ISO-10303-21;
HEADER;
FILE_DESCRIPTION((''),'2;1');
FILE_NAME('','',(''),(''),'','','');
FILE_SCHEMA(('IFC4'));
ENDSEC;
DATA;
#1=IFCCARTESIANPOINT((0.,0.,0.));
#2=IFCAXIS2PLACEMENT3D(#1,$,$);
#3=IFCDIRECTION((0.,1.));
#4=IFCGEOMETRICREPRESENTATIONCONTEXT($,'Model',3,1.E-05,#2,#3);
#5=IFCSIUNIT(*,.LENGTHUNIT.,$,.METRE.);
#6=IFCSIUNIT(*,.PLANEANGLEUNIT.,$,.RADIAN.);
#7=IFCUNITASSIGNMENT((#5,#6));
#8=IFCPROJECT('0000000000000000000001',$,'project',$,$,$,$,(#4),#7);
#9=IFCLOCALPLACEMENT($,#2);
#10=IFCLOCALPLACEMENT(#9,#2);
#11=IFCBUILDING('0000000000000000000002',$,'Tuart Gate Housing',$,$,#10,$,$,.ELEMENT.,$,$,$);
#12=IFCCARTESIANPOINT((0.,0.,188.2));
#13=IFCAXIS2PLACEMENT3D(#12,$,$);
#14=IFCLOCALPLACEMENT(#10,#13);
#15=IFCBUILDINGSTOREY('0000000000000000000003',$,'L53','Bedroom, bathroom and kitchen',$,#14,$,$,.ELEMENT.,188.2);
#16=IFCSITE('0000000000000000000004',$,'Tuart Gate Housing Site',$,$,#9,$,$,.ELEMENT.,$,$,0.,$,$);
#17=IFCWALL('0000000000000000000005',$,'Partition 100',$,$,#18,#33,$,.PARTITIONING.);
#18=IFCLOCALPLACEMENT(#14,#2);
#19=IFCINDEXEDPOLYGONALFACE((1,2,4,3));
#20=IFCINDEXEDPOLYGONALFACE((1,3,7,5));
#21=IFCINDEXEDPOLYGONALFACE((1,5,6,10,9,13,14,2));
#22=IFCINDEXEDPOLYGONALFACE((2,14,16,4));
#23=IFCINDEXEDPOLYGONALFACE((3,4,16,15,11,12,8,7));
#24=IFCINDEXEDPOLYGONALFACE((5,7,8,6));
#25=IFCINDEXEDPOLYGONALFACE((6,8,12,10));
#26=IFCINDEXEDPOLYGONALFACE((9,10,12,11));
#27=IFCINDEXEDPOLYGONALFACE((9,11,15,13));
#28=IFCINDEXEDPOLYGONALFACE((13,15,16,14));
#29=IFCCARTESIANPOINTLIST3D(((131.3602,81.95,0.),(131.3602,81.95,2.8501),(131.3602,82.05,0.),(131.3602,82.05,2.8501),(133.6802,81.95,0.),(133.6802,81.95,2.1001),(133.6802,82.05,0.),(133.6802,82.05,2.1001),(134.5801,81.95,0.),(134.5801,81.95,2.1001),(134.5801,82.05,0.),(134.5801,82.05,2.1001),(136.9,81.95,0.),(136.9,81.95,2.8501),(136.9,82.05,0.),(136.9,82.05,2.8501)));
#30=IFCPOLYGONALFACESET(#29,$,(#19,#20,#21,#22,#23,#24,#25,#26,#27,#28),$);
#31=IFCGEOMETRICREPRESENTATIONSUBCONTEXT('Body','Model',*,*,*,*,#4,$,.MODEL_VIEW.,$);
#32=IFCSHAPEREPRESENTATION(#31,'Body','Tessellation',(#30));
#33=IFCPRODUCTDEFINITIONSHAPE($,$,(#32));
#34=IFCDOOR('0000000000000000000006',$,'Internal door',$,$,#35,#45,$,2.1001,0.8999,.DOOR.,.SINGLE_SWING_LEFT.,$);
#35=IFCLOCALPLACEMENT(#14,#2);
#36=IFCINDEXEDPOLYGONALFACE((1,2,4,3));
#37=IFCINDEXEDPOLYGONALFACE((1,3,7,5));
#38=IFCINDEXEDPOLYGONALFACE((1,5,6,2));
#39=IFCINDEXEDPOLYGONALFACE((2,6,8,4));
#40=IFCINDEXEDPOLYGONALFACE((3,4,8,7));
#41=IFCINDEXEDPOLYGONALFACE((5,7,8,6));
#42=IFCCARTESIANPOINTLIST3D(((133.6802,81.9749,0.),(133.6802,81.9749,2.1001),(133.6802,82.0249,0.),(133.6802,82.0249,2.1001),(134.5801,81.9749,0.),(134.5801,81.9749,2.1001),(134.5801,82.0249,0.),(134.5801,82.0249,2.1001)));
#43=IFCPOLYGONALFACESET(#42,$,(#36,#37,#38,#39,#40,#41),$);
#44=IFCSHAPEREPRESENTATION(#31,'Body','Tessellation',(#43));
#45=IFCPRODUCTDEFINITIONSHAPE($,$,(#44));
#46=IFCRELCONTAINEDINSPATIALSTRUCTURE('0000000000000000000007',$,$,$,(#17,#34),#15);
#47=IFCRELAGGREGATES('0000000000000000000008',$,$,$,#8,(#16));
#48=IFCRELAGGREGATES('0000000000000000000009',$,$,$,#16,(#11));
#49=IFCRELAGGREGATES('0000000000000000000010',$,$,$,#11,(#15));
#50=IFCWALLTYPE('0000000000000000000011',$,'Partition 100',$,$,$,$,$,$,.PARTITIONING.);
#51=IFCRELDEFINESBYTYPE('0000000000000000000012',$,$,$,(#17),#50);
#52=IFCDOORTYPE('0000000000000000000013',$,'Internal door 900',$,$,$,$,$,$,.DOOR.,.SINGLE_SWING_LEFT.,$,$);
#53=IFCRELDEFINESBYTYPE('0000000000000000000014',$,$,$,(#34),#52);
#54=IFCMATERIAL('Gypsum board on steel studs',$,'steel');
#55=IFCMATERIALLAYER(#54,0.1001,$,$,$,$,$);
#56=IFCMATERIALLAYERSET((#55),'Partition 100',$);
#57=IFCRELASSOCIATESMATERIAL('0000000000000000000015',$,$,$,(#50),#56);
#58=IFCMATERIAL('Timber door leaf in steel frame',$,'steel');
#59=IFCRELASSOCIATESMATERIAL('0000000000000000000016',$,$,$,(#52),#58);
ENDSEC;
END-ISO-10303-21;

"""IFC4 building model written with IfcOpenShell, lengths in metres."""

from ifc_helpers import new_model, si_unit, direction, frame, frame_2d, origin, place, context, subcontext, project, spatial, rectangle, extrude, material, layer, layer_set, type_object, element, fill, save


model = new_model("IFC4")

# Units and contexts
model_context = context("Model", 3, precision=1e-05, world=origin(), true_north=direction((0.0, 1.0)))
body_context = subcontext(model_context, "Body", "Model", "MODEL_VIEW")
ifc_project = project(units=[si_unit("LENGTHUNIT", "METRE"), si_unit("PLANEANGLEUNIT", "RADIAN")], contexts=[model_context])

# Site, building, storey
site_placement = place(None, origin())
site = spatial("IfcSite", under=ifc_project, at=site_placement, Name="Tuart Gate Housing Site", CompositionType="ELEMENT", RefElevation=0.0)
building_placement = place(site_placement, origin())
building = spatial("IfcBuilding", under=site, at=building_placement, Name="Tuart Gate Housing", CompositionType="ELEMENT")
storey_placement = place(building_placement, frame((0.0, 0.0, 188.2)))
storey = spatial("IfcBuildingStorey", under=building, at=storey_placement, Name="L53", Description="Bedroom, bathroom and kitchen", CompositionType="ELEMENT", Elevation=188.2)

# Wall, opening, door
ifc_material_1 = material(Name="Gypsum board on steel studs", Category="steel")
ifc_layer_1 = layer(ifc_material_1, 0.1001)
ifc_layer_set_1 = layer_set([ifc_layer_1], Name="Partition 100")
wall_type_1 = type_object("IfcWallType", Name="Partition 100", PredefinedType="PARTITIONING", material=ifc_layer_set_1)
wall_1_placement = place(storey_placement, frame((131.3601, 82.0, 0.0), z_axis=(0.0, 0.0, 1.0), x_axis=(1.0, 0.0, 0.0)))
wall_1 = element("IfcWall", 1, at=wall_1_placement, inside=storey, type_object=wall_type_1, Name="Partition 100", PredefinedType="PARTITIONING", context=body_context, shape_type="SweptSolid", body=[
    extrude(rectangle(XDim=5.5398, YDim=0.1001, at=frame_2d((2.77, 0.0))), origin(), (0.0, 0.0, 1.0), 2.8501),
])
opening_1_placement = place(wall_1_placement, frame((2.3201, 0.0, 0.0)))
opening_1 = element("IfcOpeningElement", 2, at=opening_1_placement, cuts=wall_1, PredefinedType="OPENING", context=body_context, shape_type="SweptSolid", body=[
    extrude(rectangle(XDim=0.8999, YDim=2.1001, at=frame_2d((0.45, 1.05))), frame((0.0, 0.0601, 0.0), z_axis=(0.0, -1.0, 0.0), x_axis=(1.0, 0.0, 0.0)), (0.0, 0.0, 1.0), 0.1201),
])
ifc_material_2 = material(Name="Timber door leaf in steel frame", Category="steel")
door_type_1 = type_object("IfcDoorType", Name="Internal door 900", OperationType="SINGLE_SWING_LEFT", PredefinedType="DOOR", material=ifc_material_2)
door_1_placement = place(opening_1_placement, origin())
door_1 = element("IfcDoor", 3, at=door_1_placement, inside=storey, type_object=door_type_1, Name="Internal door", OperationType="SINGLE_SWING_LEFT", OverallHeight=2.1001, OverallWidth=0.8999, PredefinedType="DOOR", context=body_context, shape_type="SweptSolid", body=[
    extrude(rectangle(XDim=0.8999, YDim=2.1001, at=frame_2d((0.45, 1.05))), frame((0.0, 0.0249, 0.0), z_axis=(0.0, -1.0, 0.0), x_axis=(1.0, 0.0, 0.0)), (0.0, 0.0, 1.0), 0.05),
])
fill(opening_1, door_1)

save(model, "model.ifc")
